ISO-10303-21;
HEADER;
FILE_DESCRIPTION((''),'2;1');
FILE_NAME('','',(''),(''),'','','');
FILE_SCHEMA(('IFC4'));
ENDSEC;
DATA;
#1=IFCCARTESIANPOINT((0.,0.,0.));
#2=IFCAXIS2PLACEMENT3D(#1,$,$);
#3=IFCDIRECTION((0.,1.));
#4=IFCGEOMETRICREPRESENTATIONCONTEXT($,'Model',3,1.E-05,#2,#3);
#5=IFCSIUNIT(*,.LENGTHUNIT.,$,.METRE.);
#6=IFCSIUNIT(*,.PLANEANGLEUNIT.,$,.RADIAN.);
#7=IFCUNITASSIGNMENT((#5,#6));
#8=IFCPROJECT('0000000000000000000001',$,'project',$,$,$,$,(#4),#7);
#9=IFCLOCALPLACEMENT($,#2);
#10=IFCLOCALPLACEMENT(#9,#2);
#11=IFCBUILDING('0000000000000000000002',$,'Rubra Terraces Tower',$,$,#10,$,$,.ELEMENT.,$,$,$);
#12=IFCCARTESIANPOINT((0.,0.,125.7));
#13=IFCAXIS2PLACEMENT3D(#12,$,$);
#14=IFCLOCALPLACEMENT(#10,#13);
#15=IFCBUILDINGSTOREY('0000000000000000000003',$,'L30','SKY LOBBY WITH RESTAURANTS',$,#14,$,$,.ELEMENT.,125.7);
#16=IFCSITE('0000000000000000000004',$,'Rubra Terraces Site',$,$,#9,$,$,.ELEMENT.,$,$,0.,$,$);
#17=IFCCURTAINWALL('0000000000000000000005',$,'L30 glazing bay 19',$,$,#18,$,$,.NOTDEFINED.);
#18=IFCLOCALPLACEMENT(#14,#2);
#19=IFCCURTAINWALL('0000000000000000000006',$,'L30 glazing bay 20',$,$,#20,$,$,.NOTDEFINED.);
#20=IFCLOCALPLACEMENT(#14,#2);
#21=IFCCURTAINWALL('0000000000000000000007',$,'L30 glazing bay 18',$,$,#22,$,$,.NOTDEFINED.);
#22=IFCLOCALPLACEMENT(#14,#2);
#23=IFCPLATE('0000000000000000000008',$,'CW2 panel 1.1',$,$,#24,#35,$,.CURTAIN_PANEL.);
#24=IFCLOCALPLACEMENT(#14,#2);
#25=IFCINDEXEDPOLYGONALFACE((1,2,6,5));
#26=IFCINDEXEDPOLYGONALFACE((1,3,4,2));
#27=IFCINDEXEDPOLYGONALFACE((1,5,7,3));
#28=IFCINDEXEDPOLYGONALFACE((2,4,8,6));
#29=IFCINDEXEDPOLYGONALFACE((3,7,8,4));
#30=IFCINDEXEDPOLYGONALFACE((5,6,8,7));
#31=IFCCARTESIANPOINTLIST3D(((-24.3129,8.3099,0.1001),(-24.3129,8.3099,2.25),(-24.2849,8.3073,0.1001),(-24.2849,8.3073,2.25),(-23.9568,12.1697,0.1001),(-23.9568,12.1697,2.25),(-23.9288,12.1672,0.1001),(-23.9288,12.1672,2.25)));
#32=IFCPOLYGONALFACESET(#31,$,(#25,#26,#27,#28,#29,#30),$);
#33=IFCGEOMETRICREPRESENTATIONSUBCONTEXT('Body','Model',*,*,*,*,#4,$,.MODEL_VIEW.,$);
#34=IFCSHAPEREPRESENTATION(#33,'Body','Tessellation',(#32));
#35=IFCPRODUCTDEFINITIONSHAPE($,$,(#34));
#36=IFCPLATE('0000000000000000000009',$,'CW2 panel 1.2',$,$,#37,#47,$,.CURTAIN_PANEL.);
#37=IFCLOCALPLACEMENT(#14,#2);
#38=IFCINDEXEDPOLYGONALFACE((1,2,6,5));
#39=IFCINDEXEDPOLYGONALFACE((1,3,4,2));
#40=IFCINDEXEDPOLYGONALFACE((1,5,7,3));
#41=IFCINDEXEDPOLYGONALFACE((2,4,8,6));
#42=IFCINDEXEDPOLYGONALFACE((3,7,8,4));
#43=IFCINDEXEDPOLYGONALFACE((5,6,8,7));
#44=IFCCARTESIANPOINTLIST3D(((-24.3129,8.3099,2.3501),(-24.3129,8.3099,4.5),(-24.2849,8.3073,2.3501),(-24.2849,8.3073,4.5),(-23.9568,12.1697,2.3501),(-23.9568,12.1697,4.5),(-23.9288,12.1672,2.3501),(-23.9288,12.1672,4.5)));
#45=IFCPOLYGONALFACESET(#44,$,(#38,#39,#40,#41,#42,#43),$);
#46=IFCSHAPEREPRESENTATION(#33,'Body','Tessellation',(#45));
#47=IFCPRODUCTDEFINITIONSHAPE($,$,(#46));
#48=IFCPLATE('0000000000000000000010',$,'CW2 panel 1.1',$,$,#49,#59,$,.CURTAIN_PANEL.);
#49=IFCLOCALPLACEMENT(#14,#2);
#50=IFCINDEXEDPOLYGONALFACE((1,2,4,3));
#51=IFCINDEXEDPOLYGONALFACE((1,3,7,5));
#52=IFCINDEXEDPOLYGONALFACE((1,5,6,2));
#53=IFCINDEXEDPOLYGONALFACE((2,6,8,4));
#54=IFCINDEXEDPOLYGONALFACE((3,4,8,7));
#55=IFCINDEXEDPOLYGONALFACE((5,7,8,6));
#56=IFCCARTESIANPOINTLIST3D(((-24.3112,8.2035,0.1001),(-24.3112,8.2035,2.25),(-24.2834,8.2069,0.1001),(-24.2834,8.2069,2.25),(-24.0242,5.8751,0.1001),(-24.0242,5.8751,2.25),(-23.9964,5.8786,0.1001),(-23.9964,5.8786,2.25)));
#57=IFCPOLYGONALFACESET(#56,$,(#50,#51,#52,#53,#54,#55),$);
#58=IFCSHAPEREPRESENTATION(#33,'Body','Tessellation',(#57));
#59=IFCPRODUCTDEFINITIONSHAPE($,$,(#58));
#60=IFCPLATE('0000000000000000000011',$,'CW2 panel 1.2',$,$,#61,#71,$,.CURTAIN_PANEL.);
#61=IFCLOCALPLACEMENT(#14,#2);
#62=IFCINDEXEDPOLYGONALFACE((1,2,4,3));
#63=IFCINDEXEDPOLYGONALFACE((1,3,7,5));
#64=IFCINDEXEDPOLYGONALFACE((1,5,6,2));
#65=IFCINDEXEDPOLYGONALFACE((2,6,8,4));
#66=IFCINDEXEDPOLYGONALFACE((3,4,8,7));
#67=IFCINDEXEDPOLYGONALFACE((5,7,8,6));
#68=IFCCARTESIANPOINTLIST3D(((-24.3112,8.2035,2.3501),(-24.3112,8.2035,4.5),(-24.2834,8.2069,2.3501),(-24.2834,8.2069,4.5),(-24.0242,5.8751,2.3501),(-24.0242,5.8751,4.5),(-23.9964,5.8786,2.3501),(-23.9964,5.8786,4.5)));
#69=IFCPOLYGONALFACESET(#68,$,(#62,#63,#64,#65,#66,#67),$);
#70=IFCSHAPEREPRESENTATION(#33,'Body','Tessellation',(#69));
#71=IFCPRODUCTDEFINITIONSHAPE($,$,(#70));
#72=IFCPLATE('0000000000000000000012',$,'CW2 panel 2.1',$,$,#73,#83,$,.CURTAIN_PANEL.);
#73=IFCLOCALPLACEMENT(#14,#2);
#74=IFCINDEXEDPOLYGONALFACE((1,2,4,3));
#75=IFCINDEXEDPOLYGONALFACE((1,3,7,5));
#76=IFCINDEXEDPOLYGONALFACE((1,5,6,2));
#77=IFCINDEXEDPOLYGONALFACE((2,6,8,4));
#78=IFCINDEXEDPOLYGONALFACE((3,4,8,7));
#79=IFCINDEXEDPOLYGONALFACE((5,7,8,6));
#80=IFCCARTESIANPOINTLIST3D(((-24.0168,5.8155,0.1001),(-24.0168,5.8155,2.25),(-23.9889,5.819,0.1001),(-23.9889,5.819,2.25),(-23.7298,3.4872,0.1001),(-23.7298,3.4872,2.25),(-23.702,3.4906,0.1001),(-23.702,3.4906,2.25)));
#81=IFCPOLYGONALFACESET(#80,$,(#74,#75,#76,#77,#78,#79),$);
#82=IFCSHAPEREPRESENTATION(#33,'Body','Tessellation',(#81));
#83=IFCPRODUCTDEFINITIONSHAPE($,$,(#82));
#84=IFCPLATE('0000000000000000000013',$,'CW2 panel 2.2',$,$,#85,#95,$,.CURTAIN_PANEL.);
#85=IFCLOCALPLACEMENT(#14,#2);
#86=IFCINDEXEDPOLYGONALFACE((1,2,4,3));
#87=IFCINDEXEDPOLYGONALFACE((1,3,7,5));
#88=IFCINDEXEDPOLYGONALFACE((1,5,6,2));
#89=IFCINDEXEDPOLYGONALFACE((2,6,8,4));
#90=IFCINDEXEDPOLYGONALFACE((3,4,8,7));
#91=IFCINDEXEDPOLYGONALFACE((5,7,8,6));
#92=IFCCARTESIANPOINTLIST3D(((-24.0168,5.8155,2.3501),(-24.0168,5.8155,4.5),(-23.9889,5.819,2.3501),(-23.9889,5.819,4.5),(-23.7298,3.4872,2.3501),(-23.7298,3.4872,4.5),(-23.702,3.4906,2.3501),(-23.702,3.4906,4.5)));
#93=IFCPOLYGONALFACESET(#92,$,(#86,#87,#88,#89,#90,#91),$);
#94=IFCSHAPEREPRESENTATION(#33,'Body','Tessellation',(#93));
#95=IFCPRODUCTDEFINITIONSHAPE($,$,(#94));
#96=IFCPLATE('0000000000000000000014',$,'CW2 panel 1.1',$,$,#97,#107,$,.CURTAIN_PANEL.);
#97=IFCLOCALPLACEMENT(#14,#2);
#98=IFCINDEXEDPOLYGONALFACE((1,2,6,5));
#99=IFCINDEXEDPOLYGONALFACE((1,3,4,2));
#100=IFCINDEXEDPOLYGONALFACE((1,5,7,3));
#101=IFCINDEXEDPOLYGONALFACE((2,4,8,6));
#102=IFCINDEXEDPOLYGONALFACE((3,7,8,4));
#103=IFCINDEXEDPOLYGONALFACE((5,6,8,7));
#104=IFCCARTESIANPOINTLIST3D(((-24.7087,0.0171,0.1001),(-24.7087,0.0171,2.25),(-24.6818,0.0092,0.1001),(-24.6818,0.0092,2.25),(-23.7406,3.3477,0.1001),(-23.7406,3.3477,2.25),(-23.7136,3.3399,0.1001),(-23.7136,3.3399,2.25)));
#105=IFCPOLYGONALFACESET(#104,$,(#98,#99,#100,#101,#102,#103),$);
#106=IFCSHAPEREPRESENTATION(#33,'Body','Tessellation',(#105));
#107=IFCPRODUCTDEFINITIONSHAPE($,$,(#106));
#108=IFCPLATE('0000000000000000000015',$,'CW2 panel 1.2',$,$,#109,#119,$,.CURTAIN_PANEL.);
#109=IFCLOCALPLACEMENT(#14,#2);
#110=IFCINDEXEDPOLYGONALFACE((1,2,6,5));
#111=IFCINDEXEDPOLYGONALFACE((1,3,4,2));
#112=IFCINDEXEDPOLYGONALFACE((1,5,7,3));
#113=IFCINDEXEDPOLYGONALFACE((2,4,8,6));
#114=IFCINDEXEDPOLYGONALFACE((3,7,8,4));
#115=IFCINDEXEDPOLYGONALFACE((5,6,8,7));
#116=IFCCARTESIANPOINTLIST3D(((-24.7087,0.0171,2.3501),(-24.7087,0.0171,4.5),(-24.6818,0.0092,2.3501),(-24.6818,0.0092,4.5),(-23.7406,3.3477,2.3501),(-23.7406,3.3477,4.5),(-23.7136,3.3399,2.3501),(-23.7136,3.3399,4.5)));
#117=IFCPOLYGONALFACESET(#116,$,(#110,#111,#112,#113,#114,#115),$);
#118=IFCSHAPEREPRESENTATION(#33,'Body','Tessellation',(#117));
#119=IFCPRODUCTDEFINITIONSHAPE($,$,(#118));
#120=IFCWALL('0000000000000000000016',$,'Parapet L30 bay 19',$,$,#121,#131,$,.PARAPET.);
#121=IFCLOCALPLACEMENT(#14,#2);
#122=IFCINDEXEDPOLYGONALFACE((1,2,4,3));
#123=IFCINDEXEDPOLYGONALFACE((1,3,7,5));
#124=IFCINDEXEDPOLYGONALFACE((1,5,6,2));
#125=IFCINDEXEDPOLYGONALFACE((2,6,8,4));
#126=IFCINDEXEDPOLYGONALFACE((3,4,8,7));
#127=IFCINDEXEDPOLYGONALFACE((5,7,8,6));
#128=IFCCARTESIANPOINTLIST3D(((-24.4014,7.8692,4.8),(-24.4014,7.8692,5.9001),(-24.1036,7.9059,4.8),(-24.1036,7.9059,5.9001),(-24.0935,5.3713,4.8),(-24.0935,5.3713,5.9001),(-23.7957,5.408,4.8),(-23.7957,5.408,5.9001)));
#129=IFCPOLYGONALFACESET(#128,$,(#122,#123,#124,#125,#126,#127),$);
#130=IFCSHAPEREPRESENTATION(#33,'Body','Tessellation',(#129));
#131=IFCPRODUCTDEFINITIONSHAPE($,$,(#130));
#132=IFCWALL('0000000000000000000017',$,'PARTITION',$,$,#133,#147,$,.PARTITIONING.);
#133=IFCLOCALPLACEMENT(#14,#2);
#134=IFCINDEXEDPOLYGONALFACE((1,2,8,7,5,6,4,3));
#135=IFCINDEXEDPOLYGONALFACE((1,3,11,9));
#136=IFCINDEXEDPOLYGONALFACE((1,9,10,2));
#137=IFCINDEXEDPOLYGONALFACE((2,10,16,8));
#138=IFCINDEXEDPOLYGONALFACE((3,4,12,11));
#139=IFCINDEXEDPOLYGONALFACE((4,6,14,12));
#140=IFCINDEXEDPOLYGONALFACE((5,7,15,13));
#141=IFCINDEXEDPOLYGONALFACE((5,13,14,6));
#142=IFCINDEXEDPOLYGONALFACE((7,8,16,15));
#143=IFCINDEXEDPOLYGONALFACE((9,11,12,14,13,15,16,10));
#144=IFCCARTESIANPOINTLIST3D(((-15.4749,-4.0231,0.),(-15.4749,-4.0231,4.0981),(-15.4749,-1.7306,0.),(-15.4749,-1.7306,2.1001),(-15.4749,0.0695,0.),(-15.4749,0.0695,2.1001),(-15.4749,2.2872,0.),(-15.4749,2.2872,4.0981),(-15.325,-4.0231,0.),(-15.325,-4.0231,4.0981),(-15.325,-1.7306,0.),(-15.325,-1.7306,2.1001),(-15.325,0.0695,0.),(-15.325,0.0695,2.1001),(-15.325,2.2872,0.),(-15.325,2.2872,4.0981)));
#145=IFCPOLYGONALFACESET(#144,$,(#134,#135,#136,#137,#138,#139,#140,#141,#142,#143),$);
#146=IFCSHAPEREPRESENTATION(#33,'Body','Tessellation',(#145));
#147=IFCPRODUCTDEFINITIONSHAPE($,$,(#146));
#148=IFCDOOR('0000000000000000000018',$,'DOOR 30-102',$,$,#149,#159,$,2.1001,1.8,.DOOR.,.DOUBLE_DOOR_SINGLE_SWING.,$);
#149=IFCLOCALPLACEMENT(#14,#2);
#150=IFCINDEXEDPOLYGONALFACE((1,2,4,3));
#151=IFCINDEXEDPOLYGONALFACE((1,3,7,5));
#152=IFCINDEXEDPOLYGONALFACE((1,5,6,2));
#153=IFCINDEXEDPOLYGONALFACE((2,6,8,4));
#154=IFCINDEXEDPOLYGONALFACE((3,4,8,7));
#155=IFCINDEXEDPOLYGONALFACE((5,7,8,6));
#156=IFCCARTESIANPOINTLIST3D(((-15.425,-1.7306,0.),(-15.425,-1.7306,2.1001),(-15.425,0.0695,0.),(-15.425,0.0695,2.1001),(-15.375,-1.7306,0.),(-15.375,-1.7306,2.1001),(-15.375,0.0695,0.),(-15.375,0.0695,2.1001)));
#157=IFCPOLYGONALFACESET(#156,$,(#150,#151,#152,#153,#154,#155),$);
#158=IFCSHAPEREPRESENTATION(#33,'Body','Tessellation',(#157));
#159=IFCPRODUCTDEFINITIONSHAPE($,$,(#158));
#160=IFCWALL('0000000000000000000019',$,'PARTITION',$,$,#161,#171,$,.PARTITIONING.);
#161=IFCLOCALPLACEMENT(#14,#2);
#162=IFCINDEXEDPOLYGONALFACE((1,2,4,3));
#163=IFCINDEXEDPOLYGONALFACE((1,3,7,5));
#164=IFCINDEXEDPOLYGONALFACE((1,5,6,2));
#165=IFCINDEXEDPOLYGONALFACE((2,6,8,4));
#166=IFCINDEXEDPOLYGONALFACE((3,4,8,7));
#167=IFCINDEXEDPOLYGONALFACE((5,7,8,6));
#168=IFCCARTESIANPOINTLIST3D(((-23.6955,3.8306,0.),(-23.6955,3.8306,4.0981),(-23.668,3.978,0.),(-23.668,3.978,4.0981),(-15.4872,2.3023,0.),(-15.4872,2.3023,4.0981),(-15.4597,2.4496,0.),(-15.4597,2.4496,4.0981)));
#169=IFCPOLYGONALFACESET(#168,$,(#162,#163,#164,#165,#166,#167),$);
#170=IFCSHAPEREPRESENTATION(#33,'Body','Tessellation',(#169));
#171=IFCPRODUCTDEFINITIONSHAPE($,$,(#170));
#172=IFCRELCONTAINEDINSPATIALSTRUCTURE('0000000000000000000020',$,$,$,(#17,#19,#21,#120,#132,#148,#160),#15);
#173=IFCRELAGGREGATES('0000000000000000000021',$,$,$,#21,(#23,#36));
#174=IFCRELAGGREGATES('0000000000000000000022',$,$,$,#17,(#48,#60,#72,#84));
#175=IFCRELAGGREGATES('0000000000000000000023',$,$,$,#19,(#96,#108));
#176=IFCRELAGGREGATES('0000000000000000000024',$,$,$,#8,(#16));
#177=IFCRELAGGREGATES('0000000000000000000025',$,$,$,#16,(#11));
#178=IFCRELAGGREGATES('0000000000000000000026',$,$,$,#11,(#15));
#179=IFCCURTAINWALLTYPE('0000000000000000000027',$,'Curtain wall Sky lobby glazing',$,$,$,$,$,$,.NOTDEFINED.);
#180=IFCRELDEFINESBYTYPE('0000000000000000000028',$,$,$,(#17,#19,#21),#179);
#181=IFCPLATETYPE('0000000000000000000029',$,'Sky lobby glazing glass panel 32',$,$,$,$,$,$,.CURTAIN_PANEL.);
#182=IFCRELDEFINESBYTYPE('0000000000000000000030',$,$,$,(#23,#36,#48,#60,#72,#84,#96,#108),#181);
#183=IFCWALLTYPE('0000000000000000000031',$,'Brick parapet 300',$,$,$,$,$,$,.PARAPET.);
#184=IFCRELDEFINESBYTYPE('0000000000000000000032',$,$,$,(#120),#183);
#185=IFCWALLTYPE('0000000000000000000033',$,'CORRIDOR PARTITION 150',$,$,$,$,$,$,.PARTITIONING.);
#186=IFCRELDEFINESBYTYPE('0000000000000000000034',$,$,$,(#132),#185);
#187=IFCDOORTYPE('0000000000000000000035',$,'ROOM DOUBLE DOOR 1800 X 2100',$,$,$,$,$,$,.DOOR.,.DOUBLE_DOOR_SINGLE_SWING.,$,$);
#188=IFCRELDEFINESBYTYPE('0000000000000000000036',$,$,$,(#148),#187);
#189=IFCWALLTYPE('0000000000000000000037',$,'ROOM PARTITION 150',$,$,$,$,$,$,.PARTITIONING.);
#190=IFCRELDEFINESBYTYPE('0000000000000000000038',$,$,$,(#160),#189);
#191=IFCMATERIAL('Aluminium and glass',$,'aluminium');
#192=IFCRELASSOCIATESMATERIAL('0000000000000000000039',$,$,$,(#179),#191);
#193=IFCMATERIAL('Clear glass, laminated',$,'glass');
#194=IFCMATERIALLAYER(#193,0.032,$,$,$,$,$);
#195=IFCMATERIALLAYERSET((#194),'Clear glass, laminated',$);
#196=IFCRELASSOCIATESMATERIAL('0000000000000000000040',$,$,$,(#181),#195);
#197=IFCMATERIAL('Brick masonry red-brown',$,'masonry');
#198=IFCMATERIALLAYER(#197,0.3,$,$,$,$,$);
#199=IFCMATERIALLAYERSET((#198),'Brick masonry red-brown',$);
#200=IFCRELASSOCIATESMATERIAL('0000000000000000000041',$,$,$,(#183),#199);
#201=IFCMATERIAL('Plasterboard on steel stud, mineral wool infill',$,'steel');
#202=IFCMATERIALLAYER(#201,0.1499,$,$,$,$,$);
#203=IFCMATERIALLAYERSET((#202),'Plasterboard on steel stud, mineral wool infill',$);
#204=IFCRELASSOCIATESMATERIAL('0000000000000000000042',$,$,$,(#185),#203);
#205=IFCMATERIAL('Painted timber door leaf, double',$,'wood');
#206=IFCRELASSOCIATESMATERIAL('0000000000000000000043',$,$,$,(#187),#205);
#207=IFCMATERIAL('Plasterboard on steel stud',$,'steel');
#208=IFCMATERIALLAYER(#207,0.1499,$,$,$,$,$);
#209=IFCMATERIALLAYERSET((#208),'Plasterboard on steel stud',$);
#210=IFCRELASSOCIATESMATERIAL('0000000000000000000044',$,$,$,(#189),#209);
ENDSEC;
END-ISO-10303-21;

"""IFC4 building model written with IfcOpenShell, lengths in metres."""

from ifc_helpers import new_model, si_unit, direction, frame, frame_2d, origin, origin_2d, place, context, subcontext, project, spatial, rectangle, extrude, material, layer, layer_set, type_object, element, fill, aggregate, save


model = new_model("IFC4")

# Units and contexts
model_context = context("Model", 3, precision=1e-05, world=origin(), true_north=direction((0.0, 1.0)))
body_context = subcontext(model_context, "Body", "Model", "MODEL_VIEW")
ifc_project = project(units=[si_unit("LENGTHUNIT", "METRE"), si_unit("PLANEANGLEUNIT", "RADIAN")], contexts=[model_context])

# Site, building, storey
site_placement = place(None, origin())
site = spatial("IfcSite", under=ifc_project, at=site_placement, Name="Rubra Terraces Site", CompositionType="ELEMENT", RefElevation=0.0)
building_placement = place(site_placement, origin())
building = spatial("IfcBuilding", under=site, at=building_placement, Name="Rubra Terraces Tower", CompositionType="ELEMENT")
storey_placement = place(building_placement, frame((0.0, 0.0, 125.7)))
storey = spatial("IfcBuildingStorey", under=building, at=storey_placement, Name="L30", Description="SKY LOBBY WITH RESTAURANTS", CompositionType="ELEMENT", Elevation=125.7)

# Curtain wall
ifc_material_1 = material(Name="Aluminium and glass", Category="aluminium")
curtain_wall_type = type_object("IfcCurtainWallType", Name="Curtain wall Sky lobby glazing", PredefinedType="NOTDEFINED", material=ifc_material_1)
curtain_wall_1_placement = place(storey_placement, origin())
curtain_wall_1 = element("IfcCurtainWall", 1, at=curtain_wall_1_placement, inside=storey, type_object=curtain_wall_type, Name="L30 glazing bay 19", PredefinedType="NOTDEFINED")

# Curtain wall
curtain_wall_2_placement = place(storey_placement, origin())
curtain_wall_2 = element("IfcCurtainWall", 2, at=curtain_wall_2_placement, inside=storey, type_object=curtain_wall_type, Name="L30 glazing bay 20", PredefinedType="NOTDEFINED")

# Curtain wall, plates
curtain_wall_3_placement = place(storey_placement, origin())
curtain_wall_3 = element("IfcCurtainWall", 3, at=curtain_wall_3_placement, inside=storey, type_object=curtain_wall_type, Name="L30 glazing bay 18", PredefinedType="NOTDEFINED")
ifc_material_2 = material(Name="Clear glass, laminated", Category="glass")
ifc_layer_1 = layer(ifc_material_2, 0.032)
ifc_layer_set_1 = layer_set([ifc_layer_1], Name="Clear glass, laminated")
plate_type = type_object("IfcPlateType", Name="Sky lobby glazing glass panel 32", PredefinedType="CURTAIN_PANEL", material=ifc_layer_set_1)
plate_1_placement = place(storey_placement, frame((-24.1208, 10.2385, 0.1001), z_axis=(0.0, 0.0, 1.0), x_axis=(-0.091862, -0.995772, 0.0)))
plate_1 = element("IfcPlate", 4, at=plate_1_placement, type_object=plate_type, Name="CW2 panel 1.1", PredefinedType="CURTAIN_PANEL", context=body_context, shape_type="SweptSolid", body=[
    extrude(rectangle(XDim=3.8762, YDim=0.0281, at=origin_2d()), origin(), (0.0, 0.0, 1.0), 2.1499),
])
plate_2_placement = place(storey_placement, frame((-24.1208, 10.2385, 2.3501), z_axis=(0.0, 0.0, 1.0), x_axis=(-0.091862, -0.995772, 0.0)))
plate_2 = element("IfcPlate", 5, at=plate_2_placement, type_object=plate_type, Name="CW2 panel 1.2", PredefinedType="CURTAIN_PANEL", context=body_context, shape_type="SweptSolid", body=[
    extrude(rectangle(XDim=3.8762, YDim=0.0281, at=origin_2d()), origin(), (0.0, 0.0, 1.0), 2.1499),
])
aggregate(curtain_wall_3, [plate_1, plate_2])

# Plates
plate_3_placement = place(storey_placement, frame((-24.1538, 7.041, 0.1001), z_axis=(0.0, 0.0, 1.0), x_axis=(0.122332, -0.992489, 0.0)))
plate_3 = element("IfcPlate", 6, at=plate_3_placement, type_object=plate_type, Name="CW2 panel 1.1", PredefinedType="CURTAIN_PANEL", context=body_context, shape_type="SweptSolid", body=[
    extrude(rectangle(XDim=2.3459, YDim=0.0281, at=origin_2d()), origin(), (0.0, 0.0, 1.0), 2.1499),
])
plate_4_placement = place(storey_placement, frame((-24.1538, 7.041, 2.3501), z_axis=(0.0, 0.0, 1.0), x_axis=(0.122332, -0.992489, 0.0)))
plate_4 = element("IfcPlate", 7, at=plate_4_placement, type_object=plate_type, Name="CW2 panel 1.2", PredefinedType="CURTAIN_PANEL", context=body_context, shape_type="SweptSolid", body=[
    extrude(rectangle(XDim=2.3459, YDim=0.0281, at=origin_2d()), origin(), (0.0, 0.0, 1.0), 2.1499),
])
plate_5_placement = place(storey_placement, frame((-23.8594, 4.6531, 0.1001), z_axis=(0.0, 0.0, 1.0), x_axis=(0.122332, -0.992489, 0.0)))
plate_5 = element("IfcPlate", 8, at=plate_5_placement, type_object=plate_type, Name="CW2 panel 2.1", PredefinedType="CURTAIN_PANEL", context=body_context, shape_type="SweptSolid", body=[
    extrude(rectangle(XDim=2.3459, YDim=0.0281, at=origin_2d()), origin(), (0.0, 0.0, 1.0), 2.1499),
])
plate_6_placement = place(storey_placement, frame((-23.8594, 4.6531, 2.3501), z_axis=(0.0, 0.0, 1.0), x_axis=(0.122332, -0.992489, 0.0)))
plate_6 = element("IfcPlate", 9, at=plate_6_placement, type_object=plate_type, Name="CW2 panel 2.2", PredefinedType="CURTAIN_PANEL", context=body_context, shape_type="SweptSolid", body=[
    extrude(rectangle(XDim=2.3459, YDim=0.0281, at=origin_2d()), origin(), (0.0, 0.0, 1.0), 2.1499),
])
aggregate(curtain_wall_1, [plate_3, plate_4, plate_5, plate_6])
plate_7_placement = place(storey_placement, frame((-24.2112, 1.6785, 0.1001), z_axis=(0.0, 0.0, 1.0), x_axis=(-0.27912, -0.960256, 0.0)))
plate_7 = element("IfcPlate", 10, at=plate_7_placement, type_object=plate_type, Name="CW2 panel 1.1", PredefinedType="CURTAIN_PANEL", context=body_context, shape_type="SweptSolid", body=[
    extrude(rectangle(XDim=3.4685, YDim=0.0281, at=origin_2d()), origin(), (0.0, 0.0, 1.0), 2.1499),
])
plate_8_placement = place(storey_placement, frame((-24.2112, 1.6785, 2.3501), z_axis=(0.0, 0.0, 1.0), x_axis=(-0.27912, -0.960256, 0.0)))
plate_8 = element("IfcPlate", 11, at=plate_8_placement, type_object=plate_type, Name="CW2 panel 1.2", PredefinedType="CURTAIN_PANEL", context=body_context, shape_type="SweptSolid", body=[
    extrude(rectangle(XDim=3.4685, YDim=0.0281, at=origin_2d()), origin(), (0.0, 0.0, 1.0), 2.1499),
])
aggregate(curtain_wall_2, [plate_7, plate_8])

# Wall
ifc_material_3 = material(Name="Brick masonry red-brown", Category="masonry")
ifc_layer_2 = layer(ifc_material_3, 0.3)
ifc_layer_set_2 = layer_set([ifc_layer_2], Name="Brick masonry red-brown")
wall_type_1 = type_object("IfcWallType", Name="Brick parapet 300", PredefinedType="PARAPET", material=ifc_layer_set_2)
wall_1_placement = place(storey_placement, frame((-24.2524, 7.8875, 4.8), z_axis=(0.0, 0.0, 1.0), x_axis=(0.122315, -0.992491, 0.0)))
element("IfcWall", 12, at=wall_1_placement, inside=storey, type_object=wall_type_1, Name="Parapet L30 bay 19", PredefinedType="PARAPET", context=body_context, shape_type="SweptSolid", body=[
    extrude(rectangle(XDim=2.5168, YDim=0.3, at=frame_2d((1.2583, 0.0))), origin(), (0.0, 0.0, 1.0), 1.1001),
])

# Wall, opening, door
ifc_material_4 = material(Name="Plasterboard on steel stud, mineral wool infill", Category="steel")
ifc_layer_3 = layer(ifc_material_4, 0.1499)
ifc_layer_set_3 = layer_set([ifc_layer_3], Name="Plasterboard on steel stud, mineral wool infill")
wall_type_2 = type_object("IfcWallType", Name="CORRIDOR PARTITION 150", PredefinedType="PARTITIONING", material=ifc_layer_set_3)
wall_2_placement = place(storey_placement, frame((-15.3999, 2.2874, 0.0), z_axis=(0.0, 0.0, 1.0), x_axis=(0.0, -1.0, 0.0)))
wall_2 = element("IfcWall", 13, at=wall_2_placement, inside=storey, type_object=wall_type_2, Name="PARTITION", PredefinedType="PARTITIONING", context=body_context, shape_type="SweptSolid", body=[
    extrude(rectangle(XDim=6.3103, YDim=0.1499, at=frame_2d((3.1553, 0.0))), origin(), (0.0, 0.0, 1.0), 4.0981),
])
opening_placement = place(wall_2_placement, frame((2.218, 0.0, 0.0)))
opening = element("IfcOpeningElement", 14, at=opening_placement, cuts=wall_2, PredefinedType="OPENING", context=body_context, shape_type="SweptSolid", body=[
    extrude(rectangle(XDim=1.8, YDim=2.1001, at=frame_2d((0.8999, 1.05))), frame((0.0, 0.085, 0.0), z_axis=(0.0, -1.0, 0.0), x_axis=(1.0, 0.0, 0.0)), (0.0, 0.0, 1.0), 0.1699),
])
ifc_material_5 = material(Name="Painted timber door leaf, double", Category="wood")
door_type = type_object("IfcDoorType", Name="ROOM DOUBLE DOOR 1800 X 2100", OperationType="DOUBLE_DOOR_SINGLE_SWING", PredefinedType="DOOR", material=ifc_material_5)
door_placement = place(opening_placement, origin())
door = element("IfcDoor", 15, at=door_placement, inside=storey, type_object=door_type, Name="DOOR 30-102", OperationType="DOUBLE_DOOR_SINGLE_SWING", OverallHeight=2.1001, OverallWidth=1.8, PredefinedType="DOOR", context=body_context, shape_type="SweptSolid", body=[
    extrude(rectangle(XDim=1.8, YDim=2.1001, at=frame_2d((0.8999, 1.05))), frame((0.0, 0.0249, 0.0), z_axis=(0.0, -1.0, 0.0), x_axis=(1.0, 0.0, 0.0)), (0.0, 0.0, 1.0), 0.05),
])
fill(opening, door)

# Wall
ifc_material_6 = material(Name="Plasterboard on steel stud", Category="steel")
ifc_layer_4 = layer(ifc_material_6, 0.1499)
ifc_layer_set_4 = layer_set([ifc_layer_4], Name="Plasterboard on steel stud")
wall_type_3 = type_object("IfcWallType", Name="ROOM PARTITION 150", PredefinedType="PARTITIONING", material=ifc_layer_set_4)
wall_3_placement = place(storey_placement, frame((-23.6819, 3.9043, 0.0), z_axis=(0.0, 0.0, 1.0), x_axis=(0.983104, -0.183047, 0.0)))
element("IfcWall", 16, at=wall_3_placement, inside=storey, type_object=wall_type_3, Name="PARTITION", PredefinedType="PARTITIONING", context=body_context, shape_type="SweptSolid", body=[
    extrude(rectangle(XDim=8.3494, YDim=0.1499, at=frame_2d((4.1748, 0.0))), origin(), (0.0, 0.0, 1.0), 4.0981),
])

save(model, "model.ifc")
